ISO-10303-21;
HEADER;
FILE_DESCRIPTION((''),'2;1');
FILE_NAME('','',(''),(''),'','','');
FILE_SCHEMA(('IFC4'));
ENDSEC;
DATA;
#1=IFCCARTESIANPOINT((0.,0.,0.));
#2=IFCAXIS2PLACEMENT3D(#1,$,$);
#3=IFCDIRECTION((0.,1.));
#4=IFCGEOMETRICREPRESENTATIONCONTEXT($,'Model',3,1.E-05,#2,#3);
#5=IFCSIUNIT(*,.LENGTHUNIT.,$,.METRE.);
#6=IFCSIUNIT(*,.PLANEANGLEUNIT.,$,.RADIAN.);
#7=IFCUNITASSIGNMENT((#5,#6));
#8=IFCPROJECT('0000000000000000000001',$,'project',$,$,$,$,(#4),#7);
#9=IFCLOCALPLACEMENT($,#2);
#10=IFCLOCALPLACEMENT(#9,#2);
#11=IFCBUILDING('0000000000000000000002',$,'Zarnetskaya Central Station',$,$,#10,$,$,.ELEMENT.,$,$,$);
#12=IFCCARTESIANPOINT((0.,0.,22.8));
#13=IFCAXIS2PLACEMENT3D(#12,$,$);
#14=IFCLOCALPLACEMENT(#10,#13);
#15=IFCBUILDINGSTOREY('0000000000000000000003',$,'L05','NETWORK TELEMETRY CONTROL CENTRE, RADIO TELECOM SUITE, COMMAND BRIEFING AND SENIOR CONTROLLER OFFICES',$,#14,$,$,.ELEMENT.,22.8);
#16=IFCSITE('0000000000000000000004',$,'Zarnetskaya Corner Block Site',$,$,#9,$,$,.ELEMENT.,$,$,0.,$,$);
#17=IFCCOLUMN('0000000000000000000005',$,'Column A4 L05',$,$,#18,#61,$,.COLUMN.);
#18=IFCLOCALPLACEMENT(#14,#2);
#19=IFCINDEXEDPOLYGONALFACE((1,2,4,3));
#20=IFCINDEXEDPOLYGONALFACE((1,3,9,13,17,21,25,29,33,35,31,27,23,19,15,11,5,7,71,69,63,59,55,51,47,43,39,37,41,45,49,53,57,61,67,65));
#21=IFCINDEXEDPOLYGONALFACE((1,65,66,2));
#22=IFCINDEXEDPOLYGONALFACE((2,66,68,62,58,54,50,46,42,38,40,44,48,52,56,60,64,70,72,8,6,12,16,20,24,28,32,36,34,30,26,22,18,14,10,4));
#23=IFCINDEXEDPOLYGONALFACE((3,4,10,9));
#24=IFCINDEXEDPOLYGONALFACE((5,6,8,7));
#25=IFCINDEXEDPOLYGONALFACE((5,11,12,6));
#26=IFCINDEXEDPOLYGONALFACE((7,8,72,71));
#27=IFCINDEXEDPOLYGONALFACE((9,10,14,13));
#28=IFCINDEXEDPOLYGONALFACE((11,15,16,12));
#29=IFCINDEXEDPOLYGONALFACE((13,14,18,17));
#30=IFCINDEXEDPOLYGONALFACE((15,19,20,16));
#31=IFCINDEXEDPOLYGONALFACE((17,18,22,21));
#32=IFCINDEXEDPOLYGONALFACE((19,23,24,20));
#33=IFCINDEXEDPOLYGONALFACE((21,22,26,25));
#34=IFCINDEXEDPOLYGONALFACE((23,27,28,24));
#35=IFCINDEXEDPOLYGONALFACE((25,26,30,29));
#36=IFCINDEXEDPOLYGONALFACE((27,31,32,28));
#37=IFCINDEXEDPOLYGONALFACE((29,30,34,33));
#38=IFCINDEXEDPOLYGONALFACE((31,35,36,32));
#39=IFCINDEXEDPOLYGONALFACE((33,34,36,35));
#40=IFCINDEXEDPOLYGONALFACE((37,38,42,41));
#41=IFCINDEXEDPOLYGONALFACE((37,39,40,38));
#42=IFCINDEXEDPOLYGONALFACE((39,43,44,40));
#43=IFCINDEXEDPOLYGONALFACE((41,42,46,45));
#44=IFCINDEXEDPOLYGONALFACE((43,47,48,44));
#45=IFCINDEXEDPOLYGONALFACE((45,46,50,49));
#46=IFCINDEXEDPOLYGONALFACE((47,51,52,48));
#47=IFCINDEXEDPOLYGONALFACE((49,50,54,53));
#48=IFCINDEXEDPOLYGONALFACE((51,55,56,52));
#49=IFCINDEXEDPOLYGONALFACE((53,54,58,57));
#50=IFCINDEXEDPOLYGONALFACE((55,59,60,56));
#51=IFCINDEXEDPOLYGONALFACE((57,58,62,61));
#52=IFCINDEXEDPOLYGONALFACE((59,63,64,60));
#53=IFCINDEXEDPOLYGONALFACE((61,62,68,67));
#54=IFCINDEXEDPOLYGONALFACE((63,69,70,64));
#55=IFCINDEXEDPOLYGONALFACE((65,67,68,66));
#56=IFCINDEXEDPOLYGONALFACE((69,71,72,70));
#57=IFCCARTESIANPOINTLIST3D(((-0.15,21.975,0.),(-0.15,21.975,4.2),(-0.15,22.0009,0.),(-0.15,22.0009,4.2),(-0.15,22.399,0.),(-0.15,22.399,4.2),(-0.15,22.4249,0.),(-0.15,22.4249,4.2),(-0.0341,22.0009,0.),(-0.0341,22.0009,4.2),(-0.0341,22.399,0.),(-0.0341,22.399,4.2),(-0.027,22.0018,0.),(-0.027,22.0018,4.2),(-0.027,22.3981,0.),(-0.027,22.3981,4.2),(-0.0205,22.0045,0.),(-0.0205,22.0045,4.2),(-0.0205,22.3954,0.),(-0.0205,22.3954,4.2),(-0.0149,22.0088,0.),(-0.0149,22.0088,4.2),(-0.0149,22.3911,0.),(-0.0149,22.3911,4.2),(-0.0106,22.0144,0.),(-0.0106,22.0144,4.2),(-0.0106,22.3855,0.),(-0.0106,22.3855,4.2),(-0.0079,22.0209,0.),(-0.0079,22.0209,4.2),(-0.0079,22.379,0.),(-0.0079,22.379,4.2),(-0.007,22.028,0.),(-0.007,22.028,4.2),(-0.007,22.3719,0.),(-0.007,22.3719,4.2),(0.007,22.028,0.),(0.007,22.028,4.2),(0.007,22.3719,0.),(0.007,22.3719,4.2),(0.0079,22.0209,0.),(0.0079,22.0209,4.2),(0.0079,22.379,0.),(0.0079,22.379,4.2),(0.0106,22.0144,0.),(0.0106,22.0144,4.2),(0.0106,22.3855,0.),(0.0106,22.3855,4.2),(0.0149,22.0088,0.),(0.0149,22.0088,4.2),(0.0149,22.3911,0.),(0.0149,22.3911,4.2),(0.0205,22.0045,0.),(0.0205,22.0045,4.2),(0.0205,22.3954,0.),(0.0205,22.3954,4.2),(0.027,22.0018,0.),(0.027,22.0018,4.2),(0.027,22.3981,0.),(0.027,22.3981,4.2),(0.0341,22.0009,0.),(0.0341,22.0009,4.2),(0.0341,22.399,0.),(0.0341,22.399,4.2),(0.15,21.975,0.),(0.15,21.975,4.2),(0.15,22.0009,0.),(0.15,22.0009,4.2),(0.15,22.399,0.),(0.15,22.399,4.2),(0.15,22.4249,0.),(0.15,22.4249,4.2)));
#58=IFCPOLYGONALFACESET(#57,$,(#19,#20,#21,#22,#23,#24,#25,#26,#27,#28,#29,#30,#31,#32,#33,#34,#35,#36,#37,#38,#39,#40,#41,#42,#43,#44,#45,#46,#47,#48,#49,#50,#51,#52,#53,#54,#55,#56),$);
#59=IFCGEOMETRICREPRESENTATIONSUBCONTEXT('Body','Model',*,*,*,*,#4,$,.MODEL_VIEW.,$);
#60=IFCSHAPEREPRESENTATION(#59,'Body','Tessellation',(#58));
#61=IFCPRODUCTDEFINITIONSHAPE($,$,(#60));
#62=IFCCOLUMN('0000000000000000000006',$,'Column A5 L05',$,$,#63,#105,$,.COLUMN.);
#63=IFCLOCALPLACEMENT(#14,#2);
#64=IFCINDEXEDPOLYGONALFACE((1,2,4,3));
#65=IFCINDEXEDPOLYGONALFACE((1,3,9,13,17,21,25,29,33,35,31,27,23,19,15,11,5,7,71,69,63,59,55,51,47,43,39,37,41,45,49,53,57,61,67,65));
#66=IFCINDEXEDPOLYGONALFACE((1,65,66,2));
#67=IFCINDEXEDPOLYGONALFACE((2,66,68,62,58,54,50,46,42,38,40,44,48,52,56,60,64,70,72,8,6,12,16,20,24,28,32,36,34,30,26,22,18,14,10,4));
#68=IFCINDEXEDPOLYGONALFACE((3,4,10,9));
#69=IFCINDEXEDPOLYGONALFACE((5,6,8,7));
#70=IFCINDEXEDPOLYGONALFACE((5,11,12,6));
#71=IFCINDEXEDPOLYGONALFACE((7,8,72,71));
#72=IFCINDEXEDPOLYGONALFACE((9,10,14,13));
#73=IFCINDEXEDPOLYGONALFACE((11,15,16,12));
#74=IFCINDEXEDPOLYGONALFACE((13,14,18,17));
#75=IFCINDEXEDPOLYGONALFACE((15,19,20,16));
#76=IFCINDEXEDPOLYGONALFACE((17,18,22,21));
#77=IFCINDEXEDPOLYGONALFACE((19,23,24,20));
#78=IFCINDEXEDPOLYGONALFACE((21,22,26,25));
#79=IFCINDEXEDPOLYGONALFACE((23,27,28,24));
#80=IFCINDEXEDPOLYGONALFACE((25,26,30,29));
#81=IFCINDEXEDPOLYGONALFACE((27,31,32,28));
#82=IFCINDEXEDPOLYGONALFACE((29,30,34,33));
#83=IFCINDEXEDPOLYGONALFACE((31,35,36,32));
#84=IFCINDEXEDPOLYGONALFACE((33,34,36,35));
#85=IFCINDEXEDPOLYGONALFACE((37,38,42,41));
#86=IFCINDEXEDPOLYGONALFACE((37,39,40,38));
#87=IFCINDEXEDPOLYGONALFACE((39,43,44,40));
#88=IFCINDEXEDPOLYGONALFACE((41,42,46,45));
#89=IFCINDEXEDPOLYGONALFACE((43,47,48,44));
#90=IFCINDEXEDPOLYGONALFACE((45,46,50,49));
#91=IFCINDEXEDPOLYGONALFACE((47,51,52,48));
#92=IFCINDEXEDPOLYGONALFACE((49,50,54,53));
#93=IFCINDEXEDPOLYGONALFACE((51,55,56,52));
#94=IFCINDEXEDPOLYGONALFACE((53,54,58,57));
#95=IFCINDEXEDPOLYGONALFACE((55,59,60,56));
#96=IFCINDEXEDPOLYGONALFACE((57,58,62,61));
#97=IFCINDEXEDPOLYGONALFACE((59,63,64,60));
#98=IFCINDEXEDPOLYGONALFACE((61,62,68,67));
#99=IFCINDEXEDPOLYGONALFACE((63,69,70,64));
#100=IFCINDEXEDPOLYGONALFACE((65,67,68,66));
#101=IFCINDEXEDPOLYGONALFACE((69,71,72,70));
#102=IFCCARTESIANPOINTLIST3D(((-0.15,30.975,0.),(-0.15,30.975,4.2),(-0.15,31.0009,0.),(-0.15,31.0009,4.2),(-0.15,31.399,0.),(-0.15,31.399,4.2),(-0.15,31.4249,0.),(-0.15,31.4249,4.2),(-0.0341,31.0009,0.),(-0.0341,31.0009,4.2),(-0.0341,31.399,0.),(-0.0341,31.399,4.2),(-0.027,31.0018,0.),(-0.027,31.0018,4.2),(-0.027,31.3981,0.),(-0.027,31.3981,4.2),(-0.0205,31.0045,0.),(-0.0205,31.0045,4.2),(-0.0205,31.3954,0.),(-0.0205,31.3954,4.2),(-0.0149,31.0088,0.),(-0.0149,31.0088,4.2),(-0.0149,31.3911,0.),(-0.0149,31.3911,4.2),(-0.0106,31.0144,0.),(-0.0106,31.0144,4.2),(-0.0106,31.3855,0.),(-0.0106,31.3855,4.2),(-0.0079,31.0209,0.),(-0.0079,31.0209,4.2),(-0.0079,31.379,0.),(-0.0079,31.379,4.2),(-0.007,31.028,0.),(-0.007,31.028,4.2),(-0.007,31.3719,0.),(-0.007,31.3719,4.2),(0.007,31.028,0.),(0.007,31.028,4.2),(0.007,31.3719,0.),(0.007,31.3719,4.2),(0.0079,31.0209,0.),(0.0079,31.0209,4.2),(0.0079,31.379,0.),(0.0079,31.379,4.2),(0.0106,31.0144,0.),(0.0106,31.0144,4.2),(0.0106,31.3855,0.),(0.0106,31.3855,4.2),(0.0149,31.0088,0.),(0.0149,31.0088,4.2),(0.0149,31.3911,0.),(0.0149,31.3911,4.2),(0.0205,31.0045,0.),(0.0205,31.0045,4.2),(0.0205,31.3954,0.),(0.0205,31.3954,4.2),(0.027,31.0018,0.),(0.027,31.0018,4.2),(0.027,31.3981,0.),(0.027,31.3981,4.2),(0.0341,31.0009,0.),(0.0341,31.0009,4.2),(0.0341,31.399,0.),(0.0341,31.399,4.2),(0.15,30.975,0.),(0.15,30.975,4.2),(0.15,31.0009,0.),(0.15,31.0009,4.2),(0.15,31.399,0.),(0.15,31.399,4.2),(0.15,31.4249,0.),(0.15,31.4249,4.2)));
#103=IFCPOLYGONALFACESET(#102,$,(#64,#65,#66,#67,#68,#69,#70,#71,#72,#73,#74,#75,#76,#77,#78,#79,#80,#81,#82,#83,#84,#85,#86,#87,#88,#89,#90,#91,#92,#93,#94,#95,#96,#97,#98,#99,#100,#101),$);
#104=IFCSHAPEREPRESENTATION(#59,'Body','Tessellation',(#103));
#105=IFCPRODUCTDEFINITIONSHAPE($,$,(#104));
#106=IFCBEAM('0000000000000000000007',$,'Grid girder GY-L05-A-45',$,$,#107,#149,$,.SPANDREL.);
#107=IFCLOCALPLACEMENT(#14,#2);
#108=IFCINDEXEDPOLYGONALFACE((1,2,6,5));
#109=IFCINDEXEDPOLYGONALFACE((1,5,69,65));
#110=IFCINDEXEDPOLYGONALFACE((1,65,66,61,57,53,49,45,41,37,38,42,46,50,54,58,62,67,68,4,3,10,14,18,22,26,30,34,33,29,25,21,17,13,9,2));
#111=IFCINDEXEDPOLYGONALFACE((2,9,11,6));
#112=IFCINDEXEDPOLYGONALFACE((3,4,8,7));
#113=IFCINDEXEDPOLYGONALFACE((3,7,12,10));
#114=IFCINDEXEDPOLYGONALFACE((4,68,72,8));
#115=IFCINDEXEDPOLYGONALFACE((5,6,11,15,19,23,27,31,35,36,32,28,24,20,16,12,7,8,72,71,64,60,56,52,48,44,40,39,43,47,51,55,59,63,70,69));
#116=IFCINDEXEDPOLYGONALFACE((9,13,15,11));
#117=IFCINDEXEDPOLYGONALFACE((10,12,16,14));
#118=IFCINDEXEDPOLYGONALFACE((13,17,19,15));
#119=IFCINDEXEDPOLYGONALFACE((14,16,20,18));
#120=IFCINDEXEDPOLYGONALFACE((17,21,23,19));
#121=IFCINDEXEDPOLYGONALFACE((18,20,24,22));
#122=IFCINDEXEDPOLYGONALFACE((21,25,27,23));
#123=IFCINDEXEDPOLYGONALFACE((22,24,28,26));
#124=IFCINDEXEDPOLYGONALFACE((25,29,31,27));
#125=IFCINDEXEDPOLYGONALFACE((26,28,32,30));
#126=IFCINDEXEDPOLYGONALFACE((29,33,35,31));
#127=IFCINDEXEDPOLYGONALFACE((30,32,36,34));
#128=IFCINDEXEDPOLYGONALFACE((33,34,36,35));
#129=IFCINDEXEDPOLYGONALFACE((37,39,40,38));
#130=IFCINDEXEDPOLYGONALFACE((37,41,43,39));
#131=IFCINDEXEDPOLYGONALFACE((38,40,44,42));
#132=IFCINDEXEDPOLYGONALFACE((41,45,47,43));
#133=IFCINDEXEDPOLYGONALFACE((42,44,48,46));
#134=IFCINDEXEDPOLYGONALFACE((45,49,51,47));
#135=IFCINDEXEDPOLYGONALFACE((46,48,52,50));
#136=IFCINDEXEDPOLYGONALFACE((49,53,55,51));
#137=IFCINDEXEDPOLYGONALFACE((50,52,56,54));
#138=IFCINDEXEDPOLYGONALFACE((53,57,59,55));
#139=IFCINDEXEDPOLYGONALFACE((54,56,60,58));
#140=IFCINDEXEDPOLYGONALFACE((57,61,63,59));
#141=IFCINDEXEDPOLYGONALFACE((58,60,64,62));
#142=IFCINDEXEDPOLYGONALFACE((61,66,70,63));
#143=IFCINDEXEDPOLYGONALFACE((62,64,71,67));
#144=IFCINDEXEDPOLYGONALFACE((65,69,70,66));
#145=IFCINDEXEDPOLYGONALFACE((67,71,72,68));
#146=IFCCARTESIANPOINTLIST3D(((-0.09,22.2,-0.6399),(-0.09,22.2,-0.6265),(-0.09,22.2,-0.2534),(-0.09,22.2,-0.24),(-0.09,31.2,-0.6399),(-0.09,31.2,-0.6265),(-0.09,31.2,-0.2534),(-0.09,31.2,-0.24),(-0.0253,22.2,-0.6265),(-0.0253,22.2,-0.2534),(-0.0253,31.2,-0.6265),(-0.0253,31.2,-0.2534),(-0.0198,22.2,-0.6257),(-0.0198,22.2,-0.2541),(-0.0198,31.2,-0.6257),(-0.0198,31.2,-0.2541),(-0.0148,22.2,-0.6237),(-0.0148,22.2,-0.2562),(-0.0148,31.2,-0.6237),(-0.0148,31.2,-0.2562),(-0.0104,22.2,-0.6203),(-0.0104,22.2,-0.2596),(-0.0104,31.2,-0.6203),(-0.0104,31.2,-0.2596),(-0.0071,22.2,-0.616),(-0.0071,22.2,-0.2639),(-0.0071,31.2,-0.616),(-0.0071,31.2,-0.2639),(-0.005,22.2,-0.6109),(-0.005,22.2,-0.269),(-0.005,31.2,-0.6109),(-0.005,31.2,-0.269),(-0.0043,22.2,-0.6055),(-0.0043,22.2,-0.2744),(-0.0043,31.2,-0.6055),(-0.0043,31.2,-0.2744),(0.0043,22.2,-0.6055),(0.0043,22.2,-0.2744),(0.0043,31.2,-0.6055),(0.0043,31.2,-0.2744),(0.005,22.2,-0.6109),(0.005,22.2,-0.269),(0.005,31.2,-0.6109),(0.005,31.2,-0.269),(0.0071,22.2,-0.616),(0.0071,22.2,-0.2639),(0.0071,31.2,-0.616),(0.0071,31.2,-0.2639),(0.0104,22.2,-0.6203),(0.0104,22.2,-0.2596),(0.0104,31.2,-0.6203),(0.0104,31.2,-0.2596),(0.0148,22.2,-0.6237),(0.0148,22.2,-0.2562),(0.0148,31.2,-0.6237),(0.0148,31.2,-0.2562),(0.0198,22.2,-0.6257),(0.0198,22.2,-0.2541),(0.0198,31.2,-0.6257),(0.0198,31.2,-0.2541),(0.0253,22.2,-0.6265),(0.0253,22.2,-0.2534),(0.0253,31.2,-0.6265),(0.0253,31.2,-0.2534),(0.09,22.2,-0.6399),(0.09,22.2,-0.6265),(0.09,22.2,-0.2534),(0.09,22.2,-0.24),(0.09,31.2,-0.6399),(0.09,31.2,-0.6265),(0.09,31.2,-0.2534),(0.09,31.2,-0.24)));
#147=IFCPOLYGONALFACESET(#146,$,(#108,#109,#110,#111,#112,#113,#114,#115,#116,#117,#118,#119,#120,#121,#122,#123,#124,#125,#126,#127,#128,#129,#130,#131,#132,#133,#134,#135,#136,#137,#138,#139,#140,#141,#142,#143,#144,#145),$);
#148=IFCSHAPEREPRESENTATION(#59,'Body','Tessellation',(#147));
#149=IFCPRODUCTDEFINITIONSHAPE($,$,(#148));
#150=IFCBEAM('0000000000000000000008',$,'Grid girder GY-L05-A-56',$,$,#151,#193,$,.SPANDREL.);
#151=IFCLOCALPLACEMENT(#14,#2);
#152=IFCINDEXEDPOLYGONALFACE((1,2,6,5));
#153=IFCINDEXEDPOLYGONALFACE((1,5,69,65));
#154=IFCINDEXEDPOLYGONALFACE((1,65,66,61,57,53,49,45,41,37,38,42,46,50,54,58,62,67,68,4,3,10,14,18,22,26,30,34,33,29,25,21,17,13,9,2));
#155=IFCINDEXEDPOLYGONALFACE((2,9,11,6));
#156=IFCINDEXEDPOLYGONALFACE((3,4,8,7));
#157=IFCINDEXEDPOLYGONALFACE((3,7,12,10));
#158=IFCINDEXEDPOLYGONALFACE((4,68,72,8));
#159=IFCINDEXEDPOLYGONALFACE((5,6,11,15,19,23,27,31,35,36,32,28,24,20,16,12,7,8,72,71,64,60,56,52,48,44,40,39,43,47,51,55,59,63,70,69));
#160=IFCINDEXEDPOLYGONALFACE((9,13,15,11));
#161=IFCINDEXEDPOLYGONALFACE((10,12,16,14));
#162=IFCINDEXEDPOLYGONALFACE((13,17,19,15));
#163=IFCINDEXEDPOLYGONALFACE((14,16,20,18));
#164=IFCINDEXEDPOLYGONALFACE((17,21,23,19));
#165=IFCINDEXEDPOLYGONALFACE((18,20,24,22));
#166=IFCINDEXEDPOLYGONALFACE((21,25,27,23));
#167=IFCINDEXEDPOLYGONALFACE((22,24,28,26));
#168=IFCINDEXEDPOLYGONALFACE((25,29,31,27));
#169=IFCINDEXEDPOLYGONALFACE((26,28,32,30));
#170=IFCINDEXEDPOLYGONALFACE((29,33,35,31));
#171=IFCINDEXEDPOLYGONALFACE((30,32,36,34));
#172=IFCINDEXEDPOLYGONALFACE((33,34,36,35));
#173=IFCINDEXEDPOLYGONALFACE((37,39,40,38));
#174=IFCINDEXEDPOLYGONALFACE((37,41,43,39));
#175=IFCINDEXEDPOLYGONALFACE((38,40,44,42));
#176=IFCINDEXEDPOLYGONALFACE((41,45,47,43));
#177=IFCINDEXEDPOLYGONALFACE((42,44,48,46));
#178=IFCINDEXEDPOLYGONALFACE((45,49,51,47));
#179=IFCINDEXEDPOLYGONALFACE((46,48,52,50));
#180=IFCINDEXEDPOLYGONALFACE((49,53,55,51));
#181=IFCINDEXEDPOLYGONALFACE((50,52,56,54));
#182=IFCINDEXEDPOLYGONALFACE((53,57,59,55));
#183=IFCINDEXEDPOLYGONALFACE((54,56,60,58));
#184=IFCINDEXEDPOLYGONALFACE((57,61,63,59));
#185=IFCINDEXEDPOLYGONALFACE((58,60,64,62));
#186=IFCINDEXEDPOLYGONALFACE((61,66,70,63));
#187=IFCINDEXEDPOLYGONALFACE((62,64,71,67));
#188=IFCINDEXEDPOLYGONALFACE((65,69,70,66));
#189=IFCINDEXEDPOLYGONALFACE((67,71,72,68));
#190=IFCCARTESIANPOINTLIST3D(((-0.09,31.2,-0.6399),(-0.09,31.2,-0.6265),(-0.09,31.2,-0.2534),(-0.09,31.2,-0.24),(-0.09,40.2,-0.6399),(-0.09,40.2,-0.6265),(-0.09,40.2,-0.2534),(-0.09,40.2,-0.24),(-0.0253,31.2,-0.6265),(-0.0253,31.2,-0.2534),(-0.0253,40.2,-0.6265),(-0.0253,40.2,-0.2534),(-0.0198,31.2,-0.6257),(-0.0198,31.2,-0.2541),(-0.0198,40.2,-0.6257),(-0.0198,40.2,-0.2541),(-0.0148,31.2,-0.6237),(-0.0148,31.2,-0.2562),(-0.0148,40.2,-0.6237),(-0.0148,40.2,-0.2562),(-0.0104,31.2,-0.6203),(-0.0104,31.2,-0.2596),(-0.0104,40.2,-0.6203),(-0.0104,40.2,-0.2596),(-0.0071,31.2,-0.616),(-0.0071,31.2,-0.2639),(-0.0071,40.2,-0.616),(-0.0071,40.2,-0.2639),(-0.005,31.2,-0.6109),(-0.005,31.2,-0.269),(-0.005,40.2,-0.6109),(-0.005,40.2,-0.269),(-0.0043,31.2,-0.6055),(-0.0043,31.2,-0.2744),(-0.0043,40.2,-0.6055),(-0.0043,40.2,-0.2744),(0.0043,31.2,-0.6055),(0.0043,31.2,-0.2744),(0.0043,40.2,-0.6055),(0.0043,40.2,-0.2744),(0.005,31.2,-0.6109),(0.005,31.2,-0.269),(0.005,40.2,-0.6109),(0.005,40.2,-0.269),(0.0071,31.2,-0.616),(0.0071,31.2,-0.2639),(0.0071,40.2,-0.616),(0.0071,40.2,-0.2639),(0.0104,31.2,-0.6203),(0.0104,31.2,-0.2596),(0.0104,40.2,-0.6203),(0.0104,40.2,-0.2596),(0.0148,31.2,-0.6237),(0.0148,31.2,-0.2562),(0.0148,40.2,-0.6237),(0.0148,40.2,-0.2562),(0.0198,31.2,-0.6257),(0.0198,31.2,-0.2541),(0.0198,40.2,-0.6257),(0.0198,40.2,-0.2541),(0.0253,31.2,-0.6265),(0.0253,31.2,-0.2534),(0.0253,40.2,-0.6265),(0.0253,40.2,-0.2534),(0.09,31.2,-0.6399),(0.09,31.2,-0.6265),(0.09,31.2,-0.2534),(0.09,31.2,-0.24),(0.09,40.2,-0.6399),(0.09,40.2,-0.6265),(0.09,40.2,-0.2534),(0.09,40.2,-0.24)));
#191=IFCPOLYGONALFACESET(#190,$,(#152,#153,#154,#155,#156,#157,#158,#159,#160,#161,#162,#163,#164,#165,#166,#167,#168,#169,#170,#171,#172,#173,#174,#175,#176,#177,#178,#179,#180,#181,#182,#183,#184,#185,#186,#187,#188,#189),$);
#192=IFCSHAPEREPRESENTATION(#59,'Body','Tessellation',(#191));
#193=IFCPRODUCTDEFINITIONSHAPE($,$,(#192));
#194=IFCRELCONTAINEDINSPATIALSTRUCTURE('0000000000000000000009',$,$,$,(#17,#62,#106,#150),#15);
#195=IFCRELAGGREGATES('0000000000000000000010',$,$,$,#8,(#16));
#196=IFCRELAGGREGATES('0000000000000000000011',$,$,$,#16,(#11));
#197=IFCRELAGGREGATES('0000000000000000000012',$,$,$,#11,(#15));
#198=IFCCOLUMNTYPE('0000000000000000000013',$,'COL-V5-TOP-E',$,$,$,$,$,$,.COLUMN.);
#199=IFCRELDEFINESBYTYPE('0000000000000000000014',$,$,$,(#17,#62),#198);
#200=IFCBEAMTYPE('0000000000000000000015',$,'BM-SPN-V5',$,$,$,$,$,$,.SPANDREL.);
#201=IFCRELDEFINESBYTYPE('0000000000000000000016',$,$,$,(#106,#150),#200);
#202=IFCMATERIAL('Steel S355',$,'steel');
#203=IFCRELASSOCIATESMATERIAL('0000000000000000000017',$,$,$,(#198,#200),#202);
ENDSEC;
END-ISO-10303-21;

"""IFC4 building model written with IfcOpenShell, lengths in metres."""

from ifc_helpers import new_model, si_unit, direction, frame, origin, origin_2d, place, context, subcontext, project, spatial, i_section, extrude, material, material_profile, profile_set, type_object, element, save


model = new_model("IFC4")

# Units and contexts
model_context = context("Model", 3, precision=1e-05, world=origin(), true_north=direction((0.0, 1.0)))
body_context = subcontext(model_context, "Body", "Model", "MODEL_VIEW")
ifc_project = project(units=[si_unit("LENGTHUNIT", "METRE"), si_unit("PLANEANGLEUNIT", "RADIAN")], contexts=[model_context])

# Site, building, storey
site_placement = place(None, origin())
site = spatial("IfcSite", under=ifc_project, at=site_placement, Name="Zarnetskaya Corner Block Site", CompositionType="ELEMENT", RefElevation=0.0)
building_placement = place(site_placement, origin())
building = spatial("IfcBuilding", under=site, at=building_placement, Name="Zarnetskaya Central Station", CompositionType="ELEMENT")
storey_placement = place(building_placement, frame((0.0, 0.0, 22.8)))
storey = spatial("IfcBuildingStorey", under=building, at=storey_placement, Name="L05", Description="NETWORK TELEMETRY CONTROL CENTRE, RADIO TELECOM SUITE, COMMAND BRIEFING AND SENIOR CONTROLLER OFFICES", CompositionType="ELEMENT", Elevation=22.8)

# Columns
ifc_material_1 = material(Name="Steel S355", Category="steel")
ifc_material_profile_1 = material_profile(ifc_material_1, i_section(OverallWidth=0.3, OverallDepth=0.45, WebThickness=0.0139, FlangeThickness=0.0259, FilletRadius=0.0271, at=origin_2d()), Name="HEB 450")
ifc_profile_set_1 = profile_set([ifc_material_profile_1], Name="Steel S355")
column_type = type_object("IfcColumnType", Name="COL-V5-TOP-E", PredefinedType="COLUMN", material=ifc_profile_set_1)
for number, where, z_axis, x_axis, name in (
    (1, (0.0, 22.2, 0.0), (0.0, 0.0, 1.0), (1.0, 0.0, 0.0), "Column A4 L05"),
    (2, (0.0, 31.2, 0.0), (0.0, 0.0, 1.0), (1.0, 0.0, 0.0), "Column A5 L05"),
):
    element("IfcColumn", number, at=place(storey_placement, frame(where, z_axis=z_axis, x_axis=x_axis)), inside=storey, type_object=column_type, Name=name, PredefinedType="COLUMN", context=body_context, shape_type="SweptSolid", body=[
        extrude(i_section(OverallWidth=0.3, OverallDepth=0.45, WebThickness=0.0139, FlangeThickness=0.0259, FilletRadius=0.0271, at=origin_2d()), origin(), (0.0, 0.0, 1.0), 4.2),
    ])

# Beams
ifc_material_profile_2 = material_profile(ifc_material_1, i_section(OverallWidth=0.1799, OverallDepth=0.3999, WebThickness=0.0085, FlangeThickness=0.0134, FilletRadius=0.021, at=origin_2d()), Name="IPE 400")
ifc_profile_set_2 = profile_set([ifc_material_profile_2], Name="Steel S355")
beam_type_1 = type_object("IfcBeamType", Name="BM-SPN-V5", PredefinedType="SPANDREL", material=ifc_profile_set_2)
for number, where, z_axis, x_axis, name in (
    (3, (0.0, 22.2, -0.4399), (0.0, 1.0, 0.0), (-1.0, 0.0, 0.0), "Grid girder GY-L05-A-45"),
    (4, (0.0, 31.2, -0.4399), (0.0, 1.0, 0.0), (-1.0, 0.0, 0.0), "Grid girder GY-L05-A-56"),
):
    element("IfcBeam", number, at=place(storey_placement, frame(where, z_axis=z_axis, x_axis=x_axis)), inside=storey, type_object=beam_type_1, Name=name, PredefinedType="SPANDREL", context=body_context, shape_type="SweptSolid", body=[
        extrude(i_section(OverallWidth=0.1799, OverallDepth=0.3999, WebThickness=0.0085, FlangeThickness=0.0134, FilletRadius=0.021, at=origin_2d()), origin(), (0.0, 0.0, 1.0), 9.0),
    ])

save(model, "model.ifc")
